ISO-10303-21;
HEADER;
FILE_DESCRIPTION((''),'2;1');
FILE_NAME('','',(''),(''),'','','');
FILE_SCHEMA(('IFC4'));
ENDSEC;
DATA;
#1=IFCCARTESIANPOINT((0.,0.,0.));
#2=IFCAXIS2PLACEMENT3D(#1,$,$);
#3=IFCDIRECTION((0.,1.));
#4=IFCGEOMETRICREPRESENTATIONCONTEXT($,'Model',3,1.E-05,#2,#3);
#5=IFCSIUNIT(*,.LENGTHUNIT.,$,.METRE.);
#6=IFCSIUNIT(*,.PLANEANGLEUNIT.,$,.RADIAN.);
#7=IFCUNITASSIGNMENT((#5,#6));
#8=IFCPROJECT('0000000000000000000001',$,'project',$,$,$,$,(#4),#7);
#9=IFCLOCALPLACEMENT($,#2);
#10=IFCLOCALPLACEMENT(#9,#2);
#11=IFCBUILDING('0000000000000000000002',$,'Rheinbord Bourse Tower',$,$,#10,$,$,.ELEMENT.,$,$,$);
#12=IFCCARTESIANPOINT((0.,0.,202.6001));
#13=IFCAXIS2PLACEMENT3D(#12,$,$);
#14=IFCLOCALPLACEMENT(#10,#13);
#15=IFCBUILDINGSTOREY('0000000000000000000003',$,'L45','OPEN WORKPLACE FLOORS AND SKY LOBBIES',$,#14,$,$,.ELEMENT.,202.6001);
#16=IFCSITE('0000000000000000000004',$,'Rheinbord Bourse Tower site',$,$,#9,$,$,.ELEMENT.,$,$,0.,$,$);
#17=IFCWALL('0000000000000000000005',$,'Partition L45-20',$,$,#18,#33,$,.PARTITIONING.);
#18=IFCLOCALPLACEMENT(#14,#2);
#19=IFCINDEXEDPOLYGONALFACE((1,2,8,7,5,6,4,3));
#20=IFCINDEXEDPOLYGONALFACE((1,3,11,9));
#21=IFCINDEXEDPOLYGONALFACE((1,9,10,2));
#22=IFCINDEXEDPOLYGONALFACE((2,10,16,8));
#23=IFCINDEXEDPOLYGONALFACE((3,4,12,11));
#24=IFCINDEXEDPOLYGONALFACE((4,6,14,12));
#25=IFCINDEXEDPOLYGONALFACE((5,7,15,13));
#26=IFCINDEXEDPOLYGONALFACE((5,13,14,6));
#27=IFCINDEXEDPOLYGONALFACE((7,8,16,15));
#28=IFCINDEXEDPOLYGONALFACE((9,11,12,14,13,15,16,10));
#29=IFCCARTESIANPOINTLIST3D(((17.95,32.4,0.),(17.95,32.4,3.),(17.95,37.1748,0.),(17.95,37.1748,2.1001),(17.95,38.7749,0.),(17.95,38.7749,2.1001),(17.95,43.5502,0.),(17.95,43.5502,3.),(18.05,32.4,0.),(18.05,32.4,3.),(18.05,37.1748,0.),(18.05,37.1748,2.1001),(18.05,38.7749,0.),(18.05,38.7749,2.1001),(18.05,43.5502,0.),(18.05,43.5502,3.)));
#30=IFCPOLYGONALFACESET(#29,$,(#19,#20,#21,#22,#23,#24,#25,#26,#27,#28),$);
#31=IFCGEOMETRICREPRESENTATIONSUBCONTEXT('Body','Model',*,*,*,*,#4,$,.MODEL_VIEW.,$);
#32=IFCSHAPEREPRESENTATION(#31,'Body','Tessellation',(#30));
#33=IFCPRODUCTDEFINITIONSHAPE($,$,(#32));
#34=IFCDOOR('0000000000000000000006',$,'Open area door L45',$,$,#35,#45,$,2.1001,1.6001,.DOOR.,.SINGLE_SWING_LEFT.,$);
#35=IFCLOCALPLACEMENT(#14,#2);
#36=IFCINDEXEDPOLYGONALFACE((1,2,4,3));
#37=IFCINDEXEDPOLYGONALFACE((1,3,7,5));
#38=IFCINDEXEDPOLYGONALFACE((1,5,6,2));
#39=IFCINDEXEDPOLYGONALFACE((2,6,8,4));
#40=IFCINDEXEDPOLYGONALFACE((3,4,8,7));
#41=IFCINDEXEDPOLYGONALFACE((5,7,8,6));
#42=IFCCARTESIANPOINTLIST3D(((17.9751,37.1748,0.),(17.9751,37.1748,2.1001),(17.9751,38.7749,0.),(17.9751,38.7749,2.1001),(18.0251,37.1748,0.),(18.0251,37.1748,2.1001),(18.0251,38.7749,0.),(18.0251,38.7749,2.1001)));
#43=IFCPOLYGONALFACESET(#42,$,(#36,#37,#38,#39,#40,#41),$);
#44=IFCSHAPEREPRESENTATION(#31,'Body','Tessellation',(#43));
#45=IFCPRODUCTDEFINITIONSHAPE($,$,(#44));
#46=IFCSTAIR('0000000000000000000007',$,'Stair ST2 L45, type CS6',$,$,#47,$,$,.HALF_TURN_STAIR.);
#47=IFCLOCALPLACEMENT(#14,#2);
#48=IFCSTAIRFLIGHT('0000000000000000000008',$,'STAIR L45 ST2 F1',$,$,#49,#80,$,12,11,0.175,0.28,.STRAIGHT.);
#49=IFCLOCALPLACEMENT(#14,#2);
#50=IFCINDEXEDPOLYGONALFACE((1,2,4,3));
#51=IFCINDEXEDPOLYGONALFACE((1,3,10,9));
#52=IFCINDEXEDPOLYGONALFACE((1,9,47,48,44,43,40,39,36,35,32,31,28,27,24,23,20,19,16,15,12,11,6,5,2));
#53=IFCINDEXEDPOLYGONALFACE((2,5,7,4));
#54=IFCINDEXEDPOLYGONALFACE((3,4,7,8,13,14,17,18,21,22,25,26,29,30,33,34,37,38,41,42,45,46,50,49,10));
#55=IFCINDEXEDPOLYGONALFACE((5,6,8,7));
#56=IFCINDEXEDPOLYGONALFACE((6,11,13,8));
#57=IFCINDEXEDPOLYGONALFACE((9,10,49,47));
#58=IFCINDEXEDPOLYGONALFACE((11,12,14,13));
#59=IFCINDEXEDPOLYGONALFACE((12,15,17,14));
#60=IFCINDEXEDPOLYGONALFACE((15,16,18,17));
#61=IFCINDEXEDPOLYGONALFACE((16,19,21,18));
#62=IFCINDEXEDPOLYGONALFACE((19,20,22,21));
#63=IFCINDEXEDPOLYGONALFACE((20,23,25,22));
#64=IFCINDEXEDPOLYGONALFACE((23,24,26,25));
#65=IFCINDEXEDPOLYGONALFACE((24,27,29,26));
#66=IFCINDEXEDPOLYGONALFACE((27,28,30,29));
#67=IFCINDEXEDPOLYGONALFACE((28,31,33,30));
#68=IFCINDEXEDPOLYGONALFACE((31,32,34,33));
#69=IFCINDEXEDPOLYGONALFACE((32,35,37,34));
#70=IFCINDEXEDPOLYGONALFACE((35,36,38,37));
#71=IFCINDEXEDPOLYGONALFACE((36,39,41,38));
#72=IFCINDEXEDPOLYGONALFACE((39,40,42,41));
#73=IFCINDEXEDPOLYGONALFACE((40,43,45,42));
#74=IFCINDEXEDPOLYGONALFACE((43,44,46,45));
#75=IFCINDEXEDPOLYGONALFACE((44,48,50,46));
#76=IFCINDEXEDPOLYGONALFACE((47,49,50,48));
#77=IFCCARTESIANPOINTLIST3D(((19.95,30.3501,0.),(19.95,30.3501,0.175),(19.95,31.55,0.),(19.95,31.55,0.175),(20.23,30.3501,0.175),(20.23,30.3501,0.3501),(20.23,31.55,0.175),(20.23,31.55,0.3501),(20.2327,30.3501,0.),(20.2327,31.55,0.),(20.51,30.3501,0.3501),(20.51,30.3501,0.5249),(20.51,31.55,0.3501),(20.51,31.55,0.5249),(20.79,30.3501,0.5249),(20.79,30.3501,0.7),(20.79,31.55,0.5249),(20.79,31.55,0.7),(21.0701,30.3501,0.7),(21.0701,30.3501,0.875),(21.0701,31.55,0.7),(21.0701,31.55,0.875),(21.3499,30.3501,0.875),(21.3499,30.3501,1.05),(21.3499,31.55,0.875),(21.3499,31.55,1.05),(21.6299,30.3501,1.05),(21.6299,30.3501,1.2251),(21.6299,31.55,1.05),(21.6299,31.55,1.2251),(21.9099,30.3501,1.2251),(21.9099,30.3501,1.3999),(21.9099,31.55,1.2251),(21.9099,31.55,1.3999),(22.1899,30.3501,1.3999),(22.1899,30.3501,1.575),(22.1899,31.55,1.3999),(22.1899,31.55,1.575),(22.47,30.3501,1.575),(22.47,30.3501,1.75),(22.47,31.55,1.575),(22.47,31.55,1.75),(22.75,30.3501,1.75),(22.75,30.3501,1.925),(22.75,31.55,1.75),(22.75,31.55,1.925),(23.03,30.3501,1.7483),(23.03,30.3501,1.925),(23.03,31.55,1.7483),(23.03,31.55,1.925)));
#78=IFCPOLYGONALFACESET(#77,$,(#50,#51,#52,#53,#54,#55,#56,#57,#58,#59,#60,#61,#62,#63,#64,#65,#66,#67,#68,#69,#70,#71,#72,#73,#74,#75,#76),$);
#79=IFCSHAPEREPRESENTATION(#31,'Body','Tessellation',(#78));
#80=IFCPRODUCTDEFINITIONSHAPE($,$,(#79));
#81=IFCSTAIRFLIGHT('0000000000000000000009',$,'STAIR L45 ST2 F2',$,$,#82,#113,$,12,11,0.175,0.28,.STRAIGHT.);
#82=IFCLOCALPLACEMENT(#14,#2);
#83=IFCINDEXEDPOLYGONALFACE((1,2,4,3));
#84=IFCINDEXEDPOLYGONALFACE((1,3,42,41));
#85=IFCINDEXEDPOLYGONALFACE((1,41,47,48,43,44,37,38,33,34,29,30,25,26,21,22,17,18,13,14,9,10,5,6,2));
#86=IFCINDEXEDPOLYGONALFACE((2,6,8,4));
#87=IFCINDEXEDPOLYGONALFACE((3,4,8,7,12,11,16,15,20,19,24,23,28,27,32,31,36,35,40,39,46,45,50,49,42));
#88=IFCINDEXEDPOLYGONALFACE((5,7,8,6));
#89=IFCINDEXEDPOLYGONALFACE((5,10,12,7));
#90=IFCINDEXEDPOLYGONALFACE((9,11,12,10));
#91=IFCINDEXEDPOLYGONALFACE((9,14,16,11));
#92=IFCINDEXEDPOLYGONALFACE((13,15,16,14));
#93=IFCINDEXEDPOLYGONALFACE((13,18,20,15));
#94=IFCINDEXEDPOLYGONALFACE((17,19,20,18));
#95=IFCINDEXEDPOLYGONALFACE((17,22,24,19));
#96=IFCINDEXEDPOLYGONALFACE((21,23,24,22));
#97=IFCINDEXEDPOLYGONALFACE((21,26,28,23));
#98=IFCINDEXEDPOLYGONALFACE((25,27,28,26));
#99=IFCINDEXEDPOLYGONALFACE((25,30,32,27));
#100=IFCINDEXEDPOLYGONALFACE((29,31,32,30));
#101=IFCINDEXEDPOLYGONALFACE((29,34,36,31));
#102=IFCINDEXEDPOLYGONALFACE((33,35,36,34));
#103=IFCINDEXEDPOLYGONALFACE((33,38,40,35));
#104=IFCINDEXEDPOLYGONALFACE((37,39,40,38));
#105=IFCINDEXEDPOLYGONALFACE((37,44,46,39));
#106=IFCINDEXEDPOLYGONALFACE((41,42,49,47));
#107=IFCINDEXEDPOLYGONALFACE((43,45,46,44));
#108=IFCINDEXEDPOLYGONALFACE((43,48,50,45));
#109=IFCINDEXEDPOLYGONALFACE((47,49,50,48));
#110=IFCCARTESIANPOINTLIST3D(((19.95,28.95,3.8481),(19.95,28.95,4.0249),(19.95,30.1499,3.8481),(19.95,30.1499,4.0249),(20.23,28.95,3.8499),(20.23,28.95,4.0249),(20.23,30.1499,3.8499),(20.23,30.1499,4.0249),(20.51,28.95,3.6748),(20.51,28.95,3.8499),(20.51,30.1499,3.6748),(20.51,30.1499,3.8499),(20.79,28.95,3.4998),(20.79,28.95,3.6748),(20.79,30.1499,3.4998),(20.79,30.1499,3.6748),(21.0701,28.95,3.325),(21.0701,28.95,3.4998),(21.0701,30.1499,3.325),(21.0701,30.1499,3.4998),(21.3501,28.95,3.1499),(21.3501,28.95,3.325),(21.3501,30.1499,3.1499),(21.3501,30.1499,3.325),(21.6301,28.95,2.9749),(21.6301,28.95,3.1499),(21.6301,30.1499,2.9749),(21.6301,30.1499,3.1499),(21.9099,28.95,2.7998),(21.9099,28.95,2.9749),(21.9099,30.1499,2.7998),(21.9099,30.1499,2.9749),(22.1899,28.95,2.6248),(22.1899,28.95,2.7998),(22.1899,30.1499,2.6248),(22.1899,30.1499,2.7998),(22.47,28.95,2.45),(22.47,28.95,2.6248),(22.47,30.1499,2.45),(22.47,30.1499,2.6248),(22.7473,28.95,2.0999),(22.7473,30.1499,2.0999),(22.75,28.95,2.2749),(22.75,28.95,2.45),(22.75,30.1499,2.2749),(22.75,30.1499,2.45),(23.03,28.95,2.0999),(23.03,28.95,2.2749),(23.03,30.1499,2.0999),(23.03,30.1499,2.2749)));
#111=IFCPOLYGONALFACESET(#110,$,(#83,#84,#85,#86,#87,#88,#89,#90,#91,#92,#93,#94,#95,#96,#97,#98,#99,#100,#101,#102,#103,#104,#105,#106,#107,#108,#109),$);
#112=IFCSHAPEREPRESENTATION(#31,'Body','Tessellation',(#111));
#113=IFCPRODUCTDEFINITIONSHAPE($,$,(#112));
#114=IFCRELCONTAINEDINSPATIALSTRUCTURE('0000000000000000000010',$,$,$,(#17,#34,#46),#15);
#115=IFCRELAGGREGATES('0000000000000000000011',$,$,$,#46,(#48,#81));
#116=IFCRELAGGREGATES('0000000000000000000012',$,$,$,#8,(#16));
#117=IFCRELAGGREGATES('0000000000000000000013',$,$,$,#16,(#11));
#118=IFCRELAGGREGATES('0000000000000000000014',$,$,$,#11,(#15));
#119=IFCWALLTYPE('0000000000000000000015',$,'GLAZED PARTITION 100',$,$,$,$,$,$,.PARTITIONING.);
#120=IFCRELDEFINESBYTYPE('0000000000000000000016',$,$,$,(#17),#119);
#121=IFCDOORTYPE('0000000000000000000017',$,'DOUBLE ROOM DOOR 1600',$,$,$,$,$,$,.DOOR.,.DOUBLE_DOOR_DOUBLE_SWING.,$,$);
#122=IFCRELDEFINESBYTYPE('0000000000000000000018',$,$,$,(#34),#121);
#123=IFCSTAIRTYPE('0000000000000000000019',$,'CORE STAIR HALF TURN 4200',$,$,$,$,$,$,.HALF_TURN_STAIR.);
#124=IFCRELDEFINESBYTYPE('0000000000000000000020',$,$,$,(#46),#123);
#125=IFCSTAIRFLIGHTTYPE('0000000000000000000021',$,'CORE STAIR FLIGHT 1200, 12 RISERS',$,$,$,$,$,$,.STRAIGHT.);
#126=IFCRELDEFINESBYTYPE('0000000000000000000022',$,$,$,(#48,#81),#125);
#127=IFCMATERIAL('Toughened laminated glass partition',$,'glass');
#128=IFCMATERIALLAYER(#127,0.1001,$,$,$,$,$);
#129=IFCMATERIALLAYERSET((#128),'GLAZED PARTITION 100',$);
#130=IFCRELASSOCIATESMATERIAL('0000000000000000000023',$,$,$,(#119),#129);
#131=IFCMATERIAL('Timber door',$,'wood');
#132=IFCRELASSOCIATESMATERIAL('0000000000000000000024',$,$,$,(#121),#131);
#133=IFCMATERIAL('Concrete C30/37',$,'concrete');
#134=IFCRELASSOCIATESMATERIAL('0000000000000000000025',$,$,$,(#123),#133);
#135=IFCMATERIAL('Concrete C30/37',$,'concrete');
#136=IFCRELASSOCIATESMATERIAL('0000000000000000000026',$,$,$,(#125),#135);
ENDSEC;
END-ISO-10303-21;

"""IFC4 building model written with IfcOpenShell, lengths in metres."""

from ifc_helpers import new_model, si_unit, direction, frame, frame_2d, origin, place, context, subcontext, project, spatial, polyline, rectangle, outline, extrude, material, layer, layer_set, type_object, element, fill, aggregate, save


model = new_model("IFC4")

# Units and contexts
model_context = context("Model", 3, precision=1e-05, world=origin(), true_north=direction((0.0, 1.0)))
body_context = subcontext(model_context, "Body", "Model", "MODEL_VIEW")
ifc_project = project(units=[si_unit("LENGTHUNIT", "METRE"), si_unit("PLANEANGLEUNIT", "RADIAN")], contexts=[model_context])

# Site, building, storey
site_placement = place(None, origin())
site = spatial("IfcSite", under=ifc_project, at=site_placement, Name="Rheinbord Bourse Tower site", CompositionType="ELEMENT", RefElevation=0.0)
building_placement = place(site_placement, origin())
building = spatial("IfcBuilding", under=site, at=building_placement, Name="Rheinbord Bourse Tower", CompositionType="ELEMENT")
storey_placement = place(building_placement, frame((0.0, 0.0, 202.6001)))
storey = spatial("IfcBuildingStorey", under=building, at=storey_placement, Name="L45", Description="OPEN WORKPLACE FLOORS AND SKY LOBBIES", CompositionType="ELEMENT", Elevation=202.6001)

# Wall, opening, door
ifc_material_1 = material(Name="Toughened laminated glass partition", Category="glass")
ifc_layer_1 = layer(ifc_material_1, 0.1001)
ifc_layer_set_1 = layer_set([ifc_layer_1], Name="GLAZED PARTITION 100")
wall_type_1 = type_object("IfcWallType", Name="GLAZED PARTITION 100", PredefinedType="PARTITIONING", material=ifc_layer_set_1)
wall_1_placement = place(storey_placement, frame((18.0, 32.3999, 0.0), z_axis=(0.0, 0.0, 1.0), x_axis=(0.0, 1.0, 0.0)))
wall_1 = element("IfcWall", 1, at=wall_1_placement, inside=storey, type_object=wall_type_1, Name="Partition L45-20", PredefinedType="PARTITIONING", context=body_context, shape_type="SweptSolid", body=[
    extrude(rectangle(XDim=11.1501, YDim=0.1001, at=frame_2d((5.5752, 0.0))), origin(), (0.0, 0.0, 1.0), 3.0),
])
opening_1_placement = place(wall_1_placement, frame((4.7749, 0.0, 0.0)))
opening_1 = element("IfcOpeningElement", 2, at=opening_1_placement, cuts=wall_1, PredefinedType="OPENING", context=body_context, shape_type="SweptSolid", body=[
    extrude(rectangle(XDim=1.6001, YDim=2.1001, at=frame_2d((0.8, 1.05))), frame((0.0, 0.0601, 0.0), z_axis=(0.0, -1.0, 0.0), x_axis=(1.0, 0.0, 0.0)), (0.0, 0.0, 1.0), 0.1201),
])
ifc_material_2 = material(Name="Timber door", Category="wood")
door_type_1 = type_object("IfcDoorType", Name="DOUBLE ROOM DOOR 1600", OperationType="DOUBLE_DOOR_DOUBLE_SWING", PredefinedType="DOOR", material=ifc_material_2)
door_1_placement = place(opening_1_placement, origin())
door_1 = element("IfcDoor", 3, at=door_1_placement, inside=storey, type_object=door_type_1, Name="Open area door L45", OperationType="SINGLE_SWING_LEFT", OverallHeight=2.1001, OverallWidth=1.6001, PredefinedType="DOOR", context=body_context, shape_type="SweptSolid", body=[
    extrude(rectangle(XDim=1.6001, YDim=2.1001, at=frame_2d((0.8, 1.05))), frame((0.0, 0.0249, 0.0), z_axis=(0.0, -1.0, 0.0), x_axis=(1.0, 0.0, 0.0)), (0.0, 0.0, 1.0), 0.05),
])
fill(opening_1, door_1)

# Stair, stair flights
ifc_material_3 = material(Name="Concrete C30/37", Category="concrete")
stair_type = type_object("IfcStairType", Name="CORE STAIR HALF TURN 4200", PredefinedType="HALF_TURN_STAIR", material=ifc_material_3)
stair_placement = place(storey_placement, origin())
stair = element("IfcStair", 4, at=stair_placement, inside=storey, type_object=stair_type, Name="Stair ST2 L45, type CS6", PredefinedType="HALF_TURN_STAIR")
ifc_material_4 = material(Name="Concrete C30/37", Category="concrete")
stair_flight_type = type_object("IfcStairFlightType", Name="CORE STAIR FLIGHT 1200, 12 RISERS", PredefinedType="STRAIGHT", material=ifc_material_4)
stair_flight_1_placement = place(storey_placement, frame((19.95, 30.95, 0.0), z_axis=(0.0, 0.0, 1.0), x_axis=(1.0, 0.0, 0.0)))
stair_flight_1 = element("IfcStairFlight", 5, at=stair_flight_1_placement, type_object=stair_flight_type, Name="STAIR L45 ST2 F1", NumberOfRisers=12, NumberOfTreads=11, PredefinedType="STRAIGHT", RiserHeight=0.175, TreadLength=0.28, context=body_context, shape_type="SweptSolid", body=[
    extrude(outline(polyline([(0.0, 0.0), (0.0, 0.175), (0.28, 0.175), (0.28, 0.3501), (0.5601, 0.3501), (0.5601, 0.5249), (0.8401, 0.5249), (0.8401, 0.7), (1.1201, 0.7), (1.1201, 0.875), (1.3999, 0.875), (1.3999, 1.05), (1.6799, 1.05), (1.6799, 1.2251), (1.96, 1.2251), (1.96, 1.3999), (2.24, 1.3999), (2.24, 1.575), (2.52, 1.575), (2.52, 1.75), (2.8, 1.75), (2.8, 1.925), (3.0801, 1.925), (3.0801, 2.1001), (3.0801, 1.7483), (0.2827, 0.0), (0.0, 0.0)])), frame((0.0, 0.6001, 0.0), z_axis=(0.0, -1.0, 0.0), x_axis=(1.0, 0.0, 0.0)), (0.0, 0.0, 1.0), 1.2),
])
stair_flight_2_placement = place(storey_placement, frame((23.03, 29.55, 2.0999), z_axis=(0.0, 0.0, 1.0), x_axis=(-1.0, 0.0, 0.0)))
stair_flight_2 = element("IfcStairFlight", 6, at=stair_flight_2_placement, type_object=stair_flight_type, Name="STAIR L45 ST2 F2", NumberOfRisers=12, NumberOfTreads=11, PredefinedType="STRAIGHT", RiserHeight=0.175, TreadLength=0.28, context=body_context, shape_type="SweptSolid", body=[
    extrude(outline(polyline([(0.0, 0.0), (0.0, 0.175), (0.28, 0.175), (0.28, 0.3501), (0.5601, 0.3501), (0.5601, 0.5249), (0.8401, 0.5249), (0.8401, 0.7), (1.1201, 0.7), (1.1201, 0.875), (1.3999, 0.875), (1.3999, 1.05), (1.6799, 1.05), (1.6799, 1.2251), (1.96, 1.2251), (1.96, 1.3999), (2.24, 1.3999), (2.24, 1.575), (2.52, 1.575), (2.52, 1.75), (2.8, 1.75), (2.8, 1.925), (3.0801, 1.925), (3.0801, 2.1001), (3.0801, 1.7483), (0.2827, 0.0), (0.0, 0.0)])), frame((0.0, 0.6001, 0.0), z_axis=(0.0, -1.0, 0.0), x_axis=(1.0, 0.0, 0.0)), (0.0, 0.0, 1.0), 1.2),
])
aggregate(stair, [stair_flight_1, stair_flight_2])

save(model, "model.ifc")
